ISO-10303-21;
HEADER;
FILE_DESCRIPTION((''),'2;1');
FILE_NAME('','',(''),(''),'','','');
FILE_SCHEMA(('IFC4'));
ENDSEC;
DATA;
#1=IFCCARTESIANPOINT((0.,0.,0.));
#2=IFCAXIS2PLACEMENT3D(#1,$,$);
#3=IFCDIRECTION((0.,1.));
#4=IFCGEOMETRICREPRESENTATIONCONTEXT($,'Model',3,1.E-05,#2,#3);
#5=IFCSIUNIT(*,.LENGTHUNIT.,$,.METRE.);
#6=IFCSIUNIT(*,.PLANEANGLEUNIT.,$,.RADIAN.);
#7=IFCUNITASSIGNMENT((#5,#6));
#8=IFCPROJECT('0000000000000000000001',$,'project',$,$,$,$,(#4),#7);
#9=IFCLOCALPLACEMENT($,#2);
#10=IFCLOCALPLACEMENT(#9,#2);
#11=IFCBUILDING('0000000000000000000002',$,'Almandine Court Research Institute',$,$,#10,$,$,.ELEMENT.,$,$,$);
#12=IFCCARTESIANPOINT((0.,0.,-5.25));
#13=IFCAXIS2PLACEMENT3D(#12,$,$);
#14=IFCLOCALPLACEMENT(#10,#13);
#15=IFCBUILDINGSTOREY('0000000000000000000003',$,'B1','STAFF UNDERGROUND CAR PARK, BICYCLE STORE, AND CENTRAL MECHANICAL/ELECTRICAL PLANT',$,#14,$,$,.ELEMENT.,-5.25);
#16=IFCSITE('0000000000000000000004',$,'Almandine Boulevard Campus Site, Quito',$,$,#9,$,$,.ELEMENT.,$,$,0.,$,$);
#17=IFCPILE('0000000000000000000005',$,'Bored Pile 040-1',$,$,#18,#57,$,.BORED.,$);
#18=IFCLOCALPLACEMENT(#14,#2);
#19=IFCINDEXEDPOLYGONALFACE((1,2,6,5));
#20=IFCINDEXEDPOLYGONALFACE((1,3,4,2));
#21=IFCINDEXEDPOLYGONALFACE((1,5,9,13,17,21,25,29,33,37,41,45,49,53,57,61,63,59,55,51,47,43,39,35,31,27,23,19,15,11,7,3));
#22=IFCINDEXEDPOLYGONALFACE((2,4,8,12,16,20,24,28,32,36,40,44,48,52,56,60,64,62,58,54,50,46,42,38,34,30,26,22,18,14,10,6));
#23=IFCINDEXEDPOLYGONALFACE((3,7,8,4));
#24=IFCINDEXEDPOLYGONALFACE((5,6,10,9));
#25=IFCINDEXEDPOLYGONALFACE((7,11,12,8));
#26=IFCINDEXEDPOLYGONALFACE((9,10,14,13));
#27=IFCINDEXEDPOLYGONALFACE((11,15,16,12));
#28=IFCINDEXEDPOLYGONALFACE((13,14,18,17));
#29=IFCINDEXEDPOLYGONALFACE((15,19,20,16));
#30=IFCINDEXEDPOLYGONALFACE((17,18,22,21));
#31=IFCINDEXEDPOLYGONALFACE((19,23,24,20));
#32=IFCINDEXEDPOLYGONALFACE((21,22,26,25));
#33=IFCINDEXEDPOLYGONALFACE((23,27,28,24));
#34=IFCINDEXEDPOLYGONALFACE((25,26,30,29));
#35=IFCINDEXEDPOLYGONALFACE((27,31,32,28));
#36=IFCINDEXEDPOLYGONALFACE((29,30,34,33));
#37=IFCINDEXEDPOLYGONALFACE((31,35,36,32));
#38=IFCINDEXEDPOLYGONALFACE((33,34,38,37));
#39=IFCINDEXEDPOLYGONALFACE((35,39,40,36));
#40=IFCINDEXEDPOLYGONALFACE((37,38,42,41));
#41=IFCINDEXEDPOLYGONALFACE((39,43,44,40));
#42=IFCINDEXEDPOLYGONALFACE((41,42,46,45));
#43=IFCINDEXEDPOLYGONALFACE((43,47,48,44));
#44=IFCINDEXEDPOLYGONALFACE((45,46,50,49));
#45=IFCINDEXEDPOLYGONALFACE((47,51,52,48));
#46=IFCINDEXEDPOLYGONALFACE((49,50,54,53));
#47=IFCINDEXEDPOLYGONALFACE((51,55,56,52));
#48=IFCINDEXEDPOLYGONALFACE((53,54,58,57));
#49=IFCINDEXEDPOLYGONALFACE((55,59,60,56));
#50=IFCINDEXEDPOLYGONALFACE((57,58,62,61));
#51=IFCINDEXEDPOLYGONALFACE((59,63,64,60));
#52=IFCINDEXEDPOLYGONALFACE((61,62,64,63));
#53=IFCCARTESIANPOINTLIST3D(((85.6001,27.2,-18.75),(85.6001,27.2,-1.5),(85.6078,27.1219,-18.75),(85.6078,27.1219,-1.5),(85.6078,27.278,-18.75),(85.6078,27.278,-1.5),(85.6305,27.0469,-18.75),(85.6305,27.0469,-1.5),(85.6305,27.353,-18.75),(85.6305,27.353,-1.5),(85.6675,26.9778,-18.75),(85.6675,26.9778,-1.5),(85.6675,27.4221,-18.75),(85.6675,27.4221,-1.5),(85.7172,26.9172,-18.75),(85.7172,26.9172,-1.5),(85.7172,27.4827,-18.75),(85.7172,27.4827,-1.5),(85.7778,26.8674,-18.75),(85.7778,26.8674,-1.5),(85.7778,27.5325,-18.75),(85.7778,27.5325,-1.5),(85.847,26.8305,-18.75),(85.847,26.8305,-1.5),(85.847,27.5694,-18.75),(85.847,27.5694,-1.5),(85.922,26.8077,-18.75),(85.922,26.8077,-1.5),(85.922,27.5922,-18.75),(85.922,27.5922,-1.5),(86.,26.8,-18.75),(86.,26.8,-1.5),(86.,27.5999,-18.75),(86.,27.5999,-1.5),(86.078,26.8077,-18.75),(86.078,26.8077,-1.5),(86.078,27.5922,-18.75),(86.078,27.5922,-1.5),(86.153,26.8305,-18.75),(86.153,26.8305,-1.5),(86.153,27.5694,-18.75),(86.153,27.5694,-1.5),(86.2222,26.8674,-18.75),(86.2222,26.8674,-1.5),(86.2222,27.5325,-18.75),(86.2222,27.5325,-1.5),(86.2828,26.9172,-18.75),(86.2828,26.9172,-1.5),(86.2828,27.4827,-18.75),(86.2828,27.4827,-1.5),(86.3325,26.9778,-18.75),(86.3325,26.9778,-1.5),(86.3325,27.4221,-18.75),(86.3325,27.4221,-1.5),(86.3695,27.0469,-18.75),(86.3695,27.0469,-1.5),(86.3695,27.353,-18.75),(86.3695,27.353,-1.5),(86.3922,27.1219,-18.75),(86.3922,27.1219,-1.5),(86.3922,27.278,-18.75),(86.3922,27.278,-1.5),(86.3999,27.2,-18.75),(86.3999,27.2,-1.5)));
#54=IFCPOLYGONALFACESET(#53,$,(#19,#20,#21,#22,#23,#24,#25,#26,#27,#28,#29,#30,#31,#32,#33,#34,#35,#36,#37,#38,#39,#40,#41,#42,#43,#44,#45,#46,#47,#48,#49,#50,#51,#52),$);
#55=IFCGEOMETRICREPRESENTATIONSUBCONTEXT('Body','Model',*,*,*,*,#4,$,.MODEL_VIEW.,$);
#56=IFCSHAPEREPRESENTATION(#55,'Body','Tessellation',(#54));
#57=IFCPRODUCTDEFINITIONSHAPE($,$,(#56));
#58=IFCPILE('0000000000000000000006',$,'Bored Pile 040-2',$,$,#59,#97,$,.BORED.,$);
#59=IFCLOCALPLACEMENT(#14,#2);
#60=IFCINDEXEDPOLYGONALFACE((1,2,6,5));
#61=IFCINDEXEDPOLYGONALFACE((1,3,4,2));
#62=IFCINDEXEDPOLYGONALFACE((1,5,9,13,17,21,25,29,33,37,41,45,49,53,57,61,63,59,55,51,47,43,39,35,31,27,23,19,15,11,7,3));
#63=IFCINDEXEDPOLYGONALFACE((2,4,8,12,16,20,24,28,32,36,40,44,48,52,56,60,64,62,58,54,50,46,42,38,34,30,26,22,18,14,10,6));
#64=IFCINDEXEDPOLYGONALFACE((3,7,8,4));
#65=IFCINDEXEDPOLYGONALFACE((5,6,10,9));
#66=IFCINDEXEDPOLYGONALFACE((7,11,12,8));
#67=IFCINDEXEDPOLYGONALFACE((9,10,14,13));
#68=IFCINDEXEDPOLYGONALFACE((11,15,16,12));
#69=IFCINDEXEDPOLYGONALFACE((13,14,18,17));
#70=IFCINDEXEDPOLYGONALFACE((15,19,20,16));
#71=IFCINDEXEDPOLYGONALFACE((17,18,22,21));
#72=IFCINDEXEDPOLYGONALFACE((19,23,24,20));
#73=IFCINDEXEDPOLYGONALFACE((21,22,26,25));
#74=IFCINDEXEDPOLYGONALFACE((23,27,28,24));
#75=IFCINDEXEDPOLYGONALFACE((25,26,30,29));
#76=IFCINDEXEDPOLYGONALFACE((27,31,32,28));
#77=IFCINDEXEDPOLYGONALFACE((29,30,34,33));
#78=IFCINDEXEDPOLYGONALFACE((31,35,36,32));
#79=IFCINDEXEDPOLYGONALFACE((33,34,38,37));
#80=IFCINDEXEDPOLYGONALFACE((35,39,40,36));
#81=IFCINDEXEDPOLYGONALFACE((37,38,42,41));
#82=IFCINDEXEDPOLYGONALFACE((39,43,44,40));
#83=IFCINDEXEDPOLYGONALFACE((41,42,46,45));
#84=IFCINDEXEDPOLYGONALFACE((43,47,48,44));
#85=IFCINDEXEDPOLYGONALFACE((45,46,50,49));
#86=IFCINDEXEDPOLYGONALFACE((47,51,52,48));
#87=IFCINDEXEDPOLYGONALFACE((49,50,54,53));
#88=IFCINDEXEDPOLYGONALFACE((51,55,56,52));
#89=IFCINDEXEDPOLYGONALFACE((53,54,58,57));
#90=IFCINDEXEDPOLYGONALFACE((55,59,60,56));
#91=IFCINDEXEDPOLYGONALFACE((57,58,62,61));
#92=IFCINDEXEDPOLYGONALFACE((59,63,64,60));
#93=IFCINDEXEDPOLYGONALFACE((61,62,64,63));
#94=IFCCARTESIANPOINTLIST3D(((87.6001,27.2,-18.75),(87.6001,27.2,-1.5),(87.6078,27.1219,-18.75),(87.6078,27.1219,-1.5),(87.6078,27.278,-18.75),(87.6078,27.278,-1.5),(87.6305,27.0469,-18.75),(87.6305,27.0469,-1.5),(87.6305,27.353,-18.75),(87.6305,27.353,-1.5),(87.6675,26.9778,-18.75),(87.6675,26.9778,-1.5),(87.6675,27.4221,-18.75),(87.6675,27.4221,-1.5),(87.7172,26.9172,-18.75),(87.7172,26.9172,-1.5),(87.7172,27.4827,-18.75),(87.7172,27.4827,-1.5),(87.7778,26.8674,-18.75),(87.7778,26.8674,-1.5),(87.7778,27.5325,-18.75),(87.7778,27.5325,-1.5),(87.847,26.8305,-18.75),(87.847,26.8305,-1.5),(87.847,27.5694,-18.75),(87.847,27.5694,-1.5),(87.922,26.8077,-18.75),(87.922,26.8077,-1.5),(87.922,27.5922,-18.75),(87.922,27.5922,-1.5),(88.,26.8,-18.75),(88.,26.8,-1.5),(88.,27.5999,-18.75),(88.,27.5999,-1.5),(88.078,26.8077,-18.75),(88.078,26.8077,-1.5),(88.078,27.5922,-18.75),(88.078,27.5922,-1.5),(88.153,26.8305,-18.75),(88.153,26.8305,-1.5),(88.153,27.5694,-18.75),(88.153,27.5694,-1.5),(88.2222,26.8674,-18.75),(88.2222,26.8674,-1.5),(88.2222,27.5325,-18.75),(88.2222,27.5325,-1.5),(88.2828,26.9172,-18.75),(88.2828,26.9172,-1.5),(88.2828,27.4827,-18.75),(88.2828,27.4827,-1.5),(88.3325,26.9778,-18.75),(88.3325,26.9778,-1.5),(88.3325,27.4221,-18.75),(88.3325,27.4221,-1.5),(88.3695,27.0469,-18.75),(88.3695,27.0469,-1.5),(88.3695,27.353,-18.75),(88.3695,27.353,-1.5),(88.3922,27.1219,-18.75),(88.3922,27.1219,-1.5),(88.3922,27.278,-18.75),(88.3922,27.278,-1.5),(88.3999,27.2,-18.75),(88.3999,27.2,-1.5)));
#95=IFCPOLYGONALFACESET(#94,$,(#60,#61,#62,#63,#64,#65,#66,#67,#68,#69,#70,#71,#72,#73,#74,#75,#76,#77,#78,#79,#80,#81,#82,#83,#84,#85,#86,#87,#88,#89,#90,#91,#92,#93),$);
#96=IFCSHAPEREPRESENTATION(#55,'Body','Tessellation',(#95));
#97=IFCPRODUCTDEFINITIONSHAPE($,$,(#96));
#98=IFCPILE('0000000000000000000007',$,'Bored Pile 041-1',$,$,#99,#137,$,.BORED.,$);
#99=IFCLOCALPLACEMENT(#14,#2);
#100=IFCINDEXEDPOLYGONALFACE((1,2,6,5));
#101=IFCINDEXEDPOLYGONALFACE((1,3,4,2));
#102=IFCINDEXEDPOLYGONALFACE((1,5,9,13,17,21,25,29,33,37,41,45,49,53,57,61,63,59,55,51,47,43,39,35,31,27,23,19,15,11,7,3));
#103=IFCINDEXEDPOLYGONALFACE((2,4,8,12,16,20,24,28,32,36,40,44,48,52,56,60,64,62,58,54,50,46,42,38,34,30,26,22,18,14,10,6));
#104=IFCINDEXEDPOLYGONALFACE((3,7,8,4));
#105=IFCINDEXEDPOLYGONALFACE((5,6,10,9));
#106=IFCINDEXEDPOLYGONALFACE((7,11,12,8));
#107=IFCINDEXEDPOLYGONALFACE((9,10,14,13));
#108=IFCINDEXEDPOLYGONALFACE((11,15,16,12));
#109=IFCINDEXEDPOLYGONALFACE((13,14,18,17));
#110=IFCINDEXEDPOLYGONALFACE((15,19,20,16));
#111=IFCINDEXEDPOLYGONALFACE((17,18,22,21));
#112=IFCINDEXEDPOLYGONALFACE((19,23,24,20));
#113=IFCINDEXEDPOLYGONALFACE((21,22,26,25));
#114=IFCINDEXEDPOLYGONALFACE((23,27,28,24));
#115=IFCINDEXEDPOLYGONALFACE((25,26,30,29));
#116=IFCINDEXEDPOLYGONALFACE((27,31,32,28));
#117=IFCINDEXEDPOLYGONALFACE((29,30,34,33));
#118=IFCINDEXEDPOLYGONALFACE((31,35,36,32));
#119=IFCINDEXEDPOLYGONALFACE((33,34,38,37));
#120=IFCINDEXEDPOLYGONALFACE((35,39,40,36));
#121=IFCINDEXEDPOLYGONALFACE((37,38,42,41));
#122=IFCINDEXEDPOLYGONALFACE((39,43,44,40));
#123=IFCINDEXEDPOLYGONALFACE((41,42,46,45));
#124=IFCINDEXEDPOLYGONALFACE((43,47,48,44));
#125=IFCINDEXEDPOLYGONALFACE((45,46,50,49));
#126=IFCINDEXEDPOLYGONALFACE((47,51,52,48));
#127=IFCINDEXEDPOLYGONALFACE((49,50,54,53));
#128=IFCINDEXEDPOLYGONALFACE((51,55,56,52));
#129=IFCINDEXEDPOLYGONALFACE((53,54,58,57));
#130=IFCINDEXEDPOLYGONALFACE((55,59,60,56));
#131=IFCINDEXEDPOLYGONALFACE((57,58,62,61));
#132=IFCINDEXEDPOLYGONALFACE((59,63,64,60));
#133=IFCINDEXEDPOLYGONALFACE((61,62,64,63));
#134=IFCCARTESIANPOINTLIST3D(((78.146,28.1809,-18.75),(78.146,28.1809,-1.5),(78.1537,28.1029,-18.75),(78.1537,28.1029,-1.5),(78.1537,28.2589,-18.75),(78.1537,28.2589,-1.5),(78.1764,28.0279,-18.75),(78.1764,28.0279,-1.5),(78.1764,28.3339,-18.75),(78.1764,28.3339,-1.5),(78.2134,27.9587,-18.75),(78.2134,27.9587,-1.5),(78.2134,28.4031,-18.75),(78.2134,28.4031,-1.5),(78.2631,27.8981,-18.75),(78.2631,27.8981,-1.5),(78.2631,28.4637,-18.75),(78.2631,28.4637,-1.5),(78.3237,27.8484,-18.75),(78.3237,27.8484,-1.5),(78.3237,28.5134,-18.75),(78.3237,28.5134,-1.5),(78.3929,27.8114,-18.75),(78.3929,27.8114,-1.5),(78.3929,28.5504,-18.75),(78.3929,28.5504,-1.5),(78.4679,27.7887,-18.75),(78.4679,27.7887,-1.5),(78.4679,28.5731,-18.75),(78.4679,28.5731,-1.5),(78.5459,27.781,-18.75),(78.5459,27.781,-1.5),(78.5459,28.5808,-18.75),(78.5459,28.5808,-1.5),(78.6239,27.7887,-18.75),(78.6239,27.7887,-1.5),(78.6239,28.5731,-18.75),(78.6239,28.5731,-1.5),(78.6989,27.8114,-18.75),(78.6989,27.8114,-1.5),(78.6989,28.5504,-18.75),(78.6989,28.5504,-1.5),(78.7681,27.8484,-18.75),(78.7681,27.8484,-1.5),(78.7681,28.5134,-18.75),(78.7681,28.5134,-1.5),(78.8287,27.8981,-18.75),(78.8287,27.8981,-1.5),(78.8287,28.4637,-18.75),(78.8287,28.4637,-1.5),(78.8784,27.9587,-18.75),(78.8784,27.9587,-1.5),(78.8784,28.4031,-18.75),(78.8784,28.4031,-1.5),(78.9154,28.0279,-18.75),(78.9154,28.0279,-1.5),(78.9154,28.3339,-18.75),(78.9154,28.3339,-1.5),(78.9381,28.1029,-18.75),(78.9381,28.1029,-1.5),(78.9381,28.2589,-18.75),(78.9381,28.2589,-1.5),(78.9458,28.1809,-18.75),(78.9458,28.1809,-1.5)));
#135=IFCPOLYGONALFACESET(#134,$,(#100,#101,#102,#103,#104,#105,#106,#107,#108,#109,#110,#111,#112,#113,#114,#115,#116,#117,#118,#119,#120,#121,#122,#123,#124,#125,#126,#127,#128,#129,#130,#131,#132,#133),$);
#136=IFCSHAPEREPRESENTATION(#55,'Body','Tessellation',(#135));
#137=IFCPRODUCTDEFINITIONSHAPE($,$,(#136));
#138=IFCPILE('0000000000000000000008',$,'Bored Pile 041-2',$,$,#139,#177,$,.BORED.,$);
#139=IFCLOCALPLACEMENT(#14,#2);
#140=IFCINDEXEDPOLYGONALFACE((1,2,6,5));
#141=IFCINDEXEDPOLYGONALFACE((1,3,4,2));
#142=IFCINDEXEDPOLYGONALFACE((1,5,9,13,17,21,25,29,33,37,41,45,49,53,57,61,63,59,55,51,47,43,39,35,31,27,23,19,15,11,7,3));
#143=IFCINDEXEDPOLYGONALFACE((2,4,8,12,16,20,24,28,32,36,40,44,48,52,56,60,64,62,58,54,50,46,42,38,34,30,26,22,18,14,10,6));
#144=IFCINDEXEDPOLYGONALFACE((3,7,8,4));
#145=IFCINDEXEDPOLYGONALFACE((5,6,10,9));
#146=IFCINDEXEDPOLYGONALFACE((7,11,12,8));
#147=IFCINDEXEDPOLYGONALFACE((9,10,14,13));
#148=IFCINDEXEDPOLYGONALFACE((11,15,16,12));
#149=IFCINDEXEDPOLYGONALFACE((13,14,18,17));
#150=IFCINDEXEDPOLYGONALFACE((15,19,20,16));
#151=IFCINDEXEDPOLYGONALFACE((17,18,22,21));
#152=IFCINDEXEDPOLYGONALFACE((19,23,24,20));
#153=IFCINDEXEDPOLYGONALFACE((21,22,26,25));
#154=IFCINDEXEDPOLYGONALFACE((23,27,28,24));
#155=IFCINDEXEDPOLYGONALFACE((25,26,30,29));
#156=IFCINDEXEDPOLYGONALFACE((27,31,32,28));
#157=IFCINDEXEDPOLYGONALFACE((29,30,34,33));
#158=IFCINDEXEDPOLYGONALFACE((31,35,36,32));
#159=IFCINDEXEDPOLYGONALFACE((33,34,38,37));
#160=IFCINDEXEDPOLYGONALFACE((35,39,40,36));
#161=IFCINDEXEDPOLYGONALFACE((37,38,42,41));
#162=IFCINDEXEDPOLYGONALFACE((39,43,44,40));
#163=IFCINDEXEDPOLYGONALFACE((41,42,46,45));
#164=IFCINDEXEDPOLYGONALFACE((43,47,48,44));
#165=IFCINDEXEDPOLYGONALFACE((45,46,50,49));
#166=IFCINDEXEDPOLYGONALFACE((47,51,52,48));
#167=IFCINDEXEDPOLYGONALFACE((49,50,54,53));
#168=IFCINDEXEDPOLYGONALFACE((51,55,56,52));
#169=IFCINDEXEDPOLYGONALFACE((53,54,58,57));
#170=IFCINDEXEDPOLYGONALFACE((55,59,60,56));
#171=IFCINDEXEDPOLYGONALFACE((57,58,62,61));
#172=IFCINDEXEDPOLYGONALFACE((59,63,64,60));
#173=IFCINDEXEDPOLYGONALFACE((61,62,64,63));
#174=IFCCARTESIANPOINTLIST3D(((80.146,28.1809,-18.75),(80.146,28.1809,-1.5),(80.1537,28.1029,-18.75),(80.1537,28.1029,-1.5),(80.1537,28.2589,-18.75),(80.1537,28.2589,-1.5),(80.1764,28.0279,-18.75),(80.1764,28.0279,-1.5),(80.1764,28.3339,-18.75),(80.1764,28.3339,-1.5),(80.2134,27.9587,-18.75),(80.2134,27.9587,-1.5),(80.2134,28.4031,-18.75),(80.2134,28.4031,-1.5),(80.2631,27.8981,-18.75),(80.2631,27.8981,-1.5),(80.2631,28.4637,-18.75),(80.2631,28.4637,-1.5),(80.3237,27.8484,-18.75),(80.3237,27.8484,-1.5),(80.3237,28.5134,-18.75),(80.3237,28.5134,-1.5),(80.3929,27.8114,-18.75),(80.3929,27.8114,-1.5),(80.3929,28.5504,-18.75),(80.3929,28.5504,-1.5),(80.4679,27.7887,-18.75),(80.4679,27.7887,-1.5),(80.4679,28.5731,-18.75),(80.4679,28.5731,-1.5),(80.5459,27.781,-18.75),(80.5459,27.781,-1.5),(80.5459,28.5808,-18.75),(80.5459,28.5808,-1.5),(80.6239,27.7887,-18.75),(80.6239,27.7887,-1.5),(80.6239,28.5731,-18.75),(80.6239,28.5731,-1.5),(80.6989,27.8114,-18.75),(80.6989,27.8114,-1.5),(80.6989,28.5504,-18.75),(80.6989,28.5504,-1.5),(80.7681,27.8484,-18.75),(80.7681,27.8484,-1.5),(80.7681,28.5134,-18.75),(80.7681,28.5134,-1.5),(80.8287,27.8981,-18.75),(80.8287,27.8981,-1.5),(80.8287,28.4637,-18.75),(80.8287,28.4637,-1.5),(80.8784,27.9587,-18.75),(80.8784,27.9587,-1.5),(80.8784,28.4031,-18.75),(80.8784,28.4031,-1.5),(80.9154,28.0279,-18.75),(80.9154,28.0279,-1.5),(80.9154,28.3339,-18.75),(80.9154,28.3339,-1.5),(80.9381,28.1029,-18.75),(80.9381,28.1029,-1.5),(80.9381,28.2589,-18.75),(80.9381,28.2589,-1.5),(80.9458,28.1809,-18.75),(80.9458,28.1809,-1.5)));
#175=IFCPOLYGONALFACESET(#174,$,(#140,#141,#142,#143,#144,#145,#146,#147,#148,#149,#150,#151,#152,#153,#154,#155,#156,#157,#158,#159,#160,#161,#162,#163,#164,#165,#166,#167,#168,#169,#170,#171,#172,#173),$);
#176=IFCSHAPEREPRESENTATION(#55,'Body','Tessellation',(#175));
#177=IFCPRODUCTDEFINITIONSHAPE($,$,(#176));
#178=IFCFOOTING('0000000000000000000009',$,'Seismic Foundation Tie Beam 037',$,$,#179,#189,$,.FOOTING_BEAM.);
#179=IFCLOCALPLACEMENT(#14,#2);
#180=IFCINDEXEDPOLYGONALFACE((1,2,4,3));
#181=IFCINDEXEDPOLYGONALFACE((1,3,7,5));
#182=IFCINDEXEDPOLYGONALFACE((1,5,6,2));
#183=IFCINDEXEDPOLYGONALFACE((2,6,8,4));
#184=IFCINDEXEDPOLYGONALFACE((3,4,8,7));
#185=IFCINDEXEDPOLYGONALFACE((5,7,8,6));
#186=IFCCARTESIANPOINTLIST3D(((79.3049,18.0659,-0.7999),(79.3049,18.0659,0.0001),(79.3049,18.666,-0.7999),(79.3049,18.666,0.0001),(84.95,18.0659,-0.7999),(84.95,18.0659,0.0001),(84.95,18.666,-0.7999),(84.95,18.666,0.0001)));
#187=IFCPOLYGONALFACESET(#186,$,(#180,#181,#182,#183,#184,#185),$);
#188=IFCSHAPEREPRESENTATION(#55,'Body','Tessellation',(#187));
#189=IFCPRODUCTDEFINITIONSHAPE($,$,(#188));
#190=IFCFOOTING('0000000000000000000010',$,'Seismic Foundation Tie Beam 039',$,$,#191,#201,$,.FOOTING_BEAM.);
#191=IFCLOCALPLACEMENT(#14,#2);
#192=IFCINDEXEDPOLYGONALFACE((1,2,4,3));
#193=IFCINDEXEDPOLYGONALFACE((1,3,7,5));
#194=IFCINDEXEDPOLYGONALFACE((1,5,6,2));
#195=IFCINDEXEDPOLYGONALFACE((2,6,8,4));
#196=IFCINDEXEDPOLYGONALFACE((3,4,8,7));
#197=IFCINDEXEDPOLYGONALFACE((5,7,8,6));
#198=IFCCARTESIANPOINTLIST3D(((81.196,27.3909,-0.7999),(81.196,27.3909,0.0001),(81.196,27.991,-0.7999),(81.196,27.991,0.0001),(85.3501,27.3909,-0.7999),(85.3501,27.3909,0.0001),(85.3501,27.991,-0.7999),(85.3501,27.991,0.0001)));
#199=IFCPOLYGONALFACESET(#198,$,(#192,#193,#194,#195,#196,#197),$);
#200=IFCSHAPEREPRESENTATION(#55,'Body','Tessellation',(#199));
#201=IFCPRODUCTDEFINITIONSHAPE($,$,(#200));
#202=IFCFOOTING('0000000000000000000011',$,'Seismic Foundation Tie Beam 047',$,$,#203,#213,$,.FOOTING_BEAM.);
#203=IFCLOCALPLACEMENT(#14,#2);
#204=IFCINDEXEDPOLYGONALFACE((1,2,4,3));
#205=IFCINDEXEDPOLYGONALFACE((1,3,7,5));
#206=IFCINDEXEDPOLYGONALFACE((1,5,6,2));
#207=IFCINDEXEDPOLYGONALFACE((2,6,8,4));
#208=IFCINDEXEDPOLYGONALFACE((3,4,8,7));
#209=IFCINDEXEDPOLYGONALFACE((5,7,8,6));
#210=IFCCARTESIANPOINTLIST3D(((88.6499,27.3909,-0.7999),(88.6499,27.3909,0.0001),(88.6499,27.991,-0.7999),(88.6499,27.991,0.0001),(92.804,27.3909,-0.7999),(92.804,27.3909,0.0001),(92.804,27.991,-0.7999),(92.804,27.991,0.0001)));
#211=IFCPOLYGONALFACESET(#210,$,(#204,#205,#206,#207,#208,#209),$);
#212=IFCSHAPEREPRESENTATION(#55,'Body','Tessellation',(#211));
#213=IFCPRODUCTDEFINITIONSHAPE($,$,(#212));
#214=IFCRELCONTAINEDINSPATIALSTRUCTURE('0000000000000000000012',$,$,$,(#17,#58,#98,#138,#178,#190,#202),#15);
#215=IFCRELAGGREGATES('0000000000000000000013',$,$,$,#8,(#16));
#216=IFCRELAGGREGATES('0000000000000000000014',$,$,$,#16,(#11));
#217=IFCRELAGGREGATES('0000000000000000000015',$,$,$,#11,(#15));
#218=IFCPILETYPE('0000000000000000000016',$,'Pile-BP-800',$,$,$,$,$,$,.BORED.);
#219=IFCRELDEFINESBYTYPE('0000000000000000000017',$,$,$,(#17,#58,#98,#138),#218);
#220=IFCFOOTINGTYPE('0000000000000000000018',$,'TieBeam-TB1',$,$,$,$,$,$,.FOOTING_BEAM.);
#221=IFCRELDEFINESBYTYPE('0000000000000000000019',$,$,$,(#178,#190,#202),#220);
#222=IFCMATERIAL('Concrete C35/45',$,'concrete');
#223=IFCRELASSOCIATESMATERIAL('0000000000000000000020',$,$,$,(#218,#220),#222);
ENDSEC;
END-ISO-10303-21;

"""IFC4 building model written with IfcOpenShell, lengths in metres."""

from ifc_helpers import new_model, si_unit, direction, frame, origin, origin_2d, place, context, subcontext, project, spatial, rectangle, circle, extrude, material, material_profile, profile_set, type_object, element, save


model = new_model("IFC4")

# Units and contexts
model_context = context("Model", 3, precision=1e-05, world=origin(), true_north=direction((0.0, 1.0)))
body_context = subcontext(model_context, "Body", "Model", "MODEL_VIEW")
ifc_project = project(units=[si_unit("LENGTHUNIT", "METRE"), si_unit("PLANEANGLEUNIT", "RADIAN")], contexts=[model_context])

# Site, building, storey
site_placement = place(None, origin())
site = spatial("IfcSite", under=ifc_project, at=site_placement, Name="Almandine Boulevard Campus Site, Quito", CompositionType="ELEMENT", RefElevation=0.0)
building_placement = place(site_placement, origin())
building = spatial("IfcBuilding", under=site, at=building_placement, Name="Almandine Court Research Institute", CompositionType="ELEMENT")
storey_placement = place(building_placement, frame((0.0, 0.0, -5.25)))
storey = spatial("IfcBuildingStorey", under=building, at=storey_placement, Name="B1", Description="STAFF UNDERGROUND CAR PARK, BICYCLE STORE, AND CENTRAL MECHANICAL/ELECTRICAL PLANT", CompositionType="ELEMENT", Elevation=-5.25)

# Shared definitions
ifc_material_1 = material(Name="Concrete C35/45", Category="concrete")

# Piles
ifc_material_profile_1 = material_profile(ifc_material_1, circle(Radius=0.3999, at=origin_2d()), Name="BORED PILE D800")
ifc_profile_set_1 = profile_set([ifc_material_profile_1], Name="Concrete C35/45")
pile_type_1 = type_object("IfcPileType", Name="Pile-BP-800", PredefinedType="BORED", material=ifc_profile_set_1)
for number, where, z_axis, x_axis, name in (
    (1, (86.0, 27.2, -1.5), (0.0, 0.0, -1.0), (1.0, 0.0, 0.0), "Bored Pile 040-1"),
    (2, (88.0, 27.2, -1.5), (0.0, 0.0, -1.0), (1.0, 0.0, 0.0), "Bored Pile 040-2"),
    (3, (78.5459, 28.1809, -1.5), (0.0, 0.0, -1.0), (1.0, 0.0, 0.0), "Bored Pile 041-1"),
    (4, (80.5459, 28.1809, -1.5), (0.0, 0.0, -1.0), (1.0, 0.0, 0.0), "Bored Pile 041-2"),
):
    element("IfcPile", number, at=place(storey_placement, frame(where, z_axis=z_axis, x_axis=x_axis)), inside=storey, type_object=pile_type_1, Name=name, PredefinedType="BORED", context=body_context, shape_type="SweptSolid", body=[
        extrude(circle(Radius=0.3999, at=origin_2d()), origin(), (0.0, 0.0, 1.0), 17.25),
    ])

# Footings
ifc_material_profile_2 = material_profile(ifc_material_1, rectangle(XDim=0.6001, YDim=0.8, at=origin_2d()), Name="RC TIE 600x800")
ifc_profile_set_2 = profile_set([ifc_material_profile_2], Name="Concrete C35/45")
footing_type_1 = type_object("IfcFootingType", Name="TieBeam-TB1", PredefinedType="FOOTING_BEAM", material=ifc_profile_set_2)
footing_1_placement = place(storey_placement, frame((79.3049, 18.366, -0.3999), z_axis=(1.0, 0.0, 0.0), x_axis=(0.0, 1.0, 0.0)))
element("IfcFooting", 5, at=footing_1_placement, inside=storey, type_object=footing_type_1, Name="Seismic Foundation Tie Beam 037", PredefinedType="FOOTING_BEAM", context=body_context, shape_type="SweptSolid", body=[
    extrude(rectangle(XDim=0.6001, YDim=0.8, at=origin_2d()), origin(), (0.0, 0.0, 1.0), 5.645),
])
for number, where, z_axis, x_axis, name in (
    (6, (81.196, 27.6909, -0.3999), (1.0, 0.0, 0.0), (0.0, 1.0, 0.0), "Seismic Foundation Tie Beam 039"),
    (7, (88.6499, 27.6909, -0.3999), (1.0, 0.0, 0.0), (0.0, 1.0, 0.0), "Seismic Foundation Tie Beam 047"),
):
    element("IfcFooting", number, at=place(storey_placement, frame(where, z_axis=z_axis, x_axis=x_axis)), inside=storey, type_object=footing_type_1, Name=name, PredefinedType="FOOTING_BEAM", context=body_context, shape_type="SweptSolid", body=[
        extrude(rectangle(XDim=0.6001, YDim=0.8, at=origin_2d()), origin(), (0.0, 0.0, 1.0), 4.1541),
    ])

save(model, "model.ifc")
